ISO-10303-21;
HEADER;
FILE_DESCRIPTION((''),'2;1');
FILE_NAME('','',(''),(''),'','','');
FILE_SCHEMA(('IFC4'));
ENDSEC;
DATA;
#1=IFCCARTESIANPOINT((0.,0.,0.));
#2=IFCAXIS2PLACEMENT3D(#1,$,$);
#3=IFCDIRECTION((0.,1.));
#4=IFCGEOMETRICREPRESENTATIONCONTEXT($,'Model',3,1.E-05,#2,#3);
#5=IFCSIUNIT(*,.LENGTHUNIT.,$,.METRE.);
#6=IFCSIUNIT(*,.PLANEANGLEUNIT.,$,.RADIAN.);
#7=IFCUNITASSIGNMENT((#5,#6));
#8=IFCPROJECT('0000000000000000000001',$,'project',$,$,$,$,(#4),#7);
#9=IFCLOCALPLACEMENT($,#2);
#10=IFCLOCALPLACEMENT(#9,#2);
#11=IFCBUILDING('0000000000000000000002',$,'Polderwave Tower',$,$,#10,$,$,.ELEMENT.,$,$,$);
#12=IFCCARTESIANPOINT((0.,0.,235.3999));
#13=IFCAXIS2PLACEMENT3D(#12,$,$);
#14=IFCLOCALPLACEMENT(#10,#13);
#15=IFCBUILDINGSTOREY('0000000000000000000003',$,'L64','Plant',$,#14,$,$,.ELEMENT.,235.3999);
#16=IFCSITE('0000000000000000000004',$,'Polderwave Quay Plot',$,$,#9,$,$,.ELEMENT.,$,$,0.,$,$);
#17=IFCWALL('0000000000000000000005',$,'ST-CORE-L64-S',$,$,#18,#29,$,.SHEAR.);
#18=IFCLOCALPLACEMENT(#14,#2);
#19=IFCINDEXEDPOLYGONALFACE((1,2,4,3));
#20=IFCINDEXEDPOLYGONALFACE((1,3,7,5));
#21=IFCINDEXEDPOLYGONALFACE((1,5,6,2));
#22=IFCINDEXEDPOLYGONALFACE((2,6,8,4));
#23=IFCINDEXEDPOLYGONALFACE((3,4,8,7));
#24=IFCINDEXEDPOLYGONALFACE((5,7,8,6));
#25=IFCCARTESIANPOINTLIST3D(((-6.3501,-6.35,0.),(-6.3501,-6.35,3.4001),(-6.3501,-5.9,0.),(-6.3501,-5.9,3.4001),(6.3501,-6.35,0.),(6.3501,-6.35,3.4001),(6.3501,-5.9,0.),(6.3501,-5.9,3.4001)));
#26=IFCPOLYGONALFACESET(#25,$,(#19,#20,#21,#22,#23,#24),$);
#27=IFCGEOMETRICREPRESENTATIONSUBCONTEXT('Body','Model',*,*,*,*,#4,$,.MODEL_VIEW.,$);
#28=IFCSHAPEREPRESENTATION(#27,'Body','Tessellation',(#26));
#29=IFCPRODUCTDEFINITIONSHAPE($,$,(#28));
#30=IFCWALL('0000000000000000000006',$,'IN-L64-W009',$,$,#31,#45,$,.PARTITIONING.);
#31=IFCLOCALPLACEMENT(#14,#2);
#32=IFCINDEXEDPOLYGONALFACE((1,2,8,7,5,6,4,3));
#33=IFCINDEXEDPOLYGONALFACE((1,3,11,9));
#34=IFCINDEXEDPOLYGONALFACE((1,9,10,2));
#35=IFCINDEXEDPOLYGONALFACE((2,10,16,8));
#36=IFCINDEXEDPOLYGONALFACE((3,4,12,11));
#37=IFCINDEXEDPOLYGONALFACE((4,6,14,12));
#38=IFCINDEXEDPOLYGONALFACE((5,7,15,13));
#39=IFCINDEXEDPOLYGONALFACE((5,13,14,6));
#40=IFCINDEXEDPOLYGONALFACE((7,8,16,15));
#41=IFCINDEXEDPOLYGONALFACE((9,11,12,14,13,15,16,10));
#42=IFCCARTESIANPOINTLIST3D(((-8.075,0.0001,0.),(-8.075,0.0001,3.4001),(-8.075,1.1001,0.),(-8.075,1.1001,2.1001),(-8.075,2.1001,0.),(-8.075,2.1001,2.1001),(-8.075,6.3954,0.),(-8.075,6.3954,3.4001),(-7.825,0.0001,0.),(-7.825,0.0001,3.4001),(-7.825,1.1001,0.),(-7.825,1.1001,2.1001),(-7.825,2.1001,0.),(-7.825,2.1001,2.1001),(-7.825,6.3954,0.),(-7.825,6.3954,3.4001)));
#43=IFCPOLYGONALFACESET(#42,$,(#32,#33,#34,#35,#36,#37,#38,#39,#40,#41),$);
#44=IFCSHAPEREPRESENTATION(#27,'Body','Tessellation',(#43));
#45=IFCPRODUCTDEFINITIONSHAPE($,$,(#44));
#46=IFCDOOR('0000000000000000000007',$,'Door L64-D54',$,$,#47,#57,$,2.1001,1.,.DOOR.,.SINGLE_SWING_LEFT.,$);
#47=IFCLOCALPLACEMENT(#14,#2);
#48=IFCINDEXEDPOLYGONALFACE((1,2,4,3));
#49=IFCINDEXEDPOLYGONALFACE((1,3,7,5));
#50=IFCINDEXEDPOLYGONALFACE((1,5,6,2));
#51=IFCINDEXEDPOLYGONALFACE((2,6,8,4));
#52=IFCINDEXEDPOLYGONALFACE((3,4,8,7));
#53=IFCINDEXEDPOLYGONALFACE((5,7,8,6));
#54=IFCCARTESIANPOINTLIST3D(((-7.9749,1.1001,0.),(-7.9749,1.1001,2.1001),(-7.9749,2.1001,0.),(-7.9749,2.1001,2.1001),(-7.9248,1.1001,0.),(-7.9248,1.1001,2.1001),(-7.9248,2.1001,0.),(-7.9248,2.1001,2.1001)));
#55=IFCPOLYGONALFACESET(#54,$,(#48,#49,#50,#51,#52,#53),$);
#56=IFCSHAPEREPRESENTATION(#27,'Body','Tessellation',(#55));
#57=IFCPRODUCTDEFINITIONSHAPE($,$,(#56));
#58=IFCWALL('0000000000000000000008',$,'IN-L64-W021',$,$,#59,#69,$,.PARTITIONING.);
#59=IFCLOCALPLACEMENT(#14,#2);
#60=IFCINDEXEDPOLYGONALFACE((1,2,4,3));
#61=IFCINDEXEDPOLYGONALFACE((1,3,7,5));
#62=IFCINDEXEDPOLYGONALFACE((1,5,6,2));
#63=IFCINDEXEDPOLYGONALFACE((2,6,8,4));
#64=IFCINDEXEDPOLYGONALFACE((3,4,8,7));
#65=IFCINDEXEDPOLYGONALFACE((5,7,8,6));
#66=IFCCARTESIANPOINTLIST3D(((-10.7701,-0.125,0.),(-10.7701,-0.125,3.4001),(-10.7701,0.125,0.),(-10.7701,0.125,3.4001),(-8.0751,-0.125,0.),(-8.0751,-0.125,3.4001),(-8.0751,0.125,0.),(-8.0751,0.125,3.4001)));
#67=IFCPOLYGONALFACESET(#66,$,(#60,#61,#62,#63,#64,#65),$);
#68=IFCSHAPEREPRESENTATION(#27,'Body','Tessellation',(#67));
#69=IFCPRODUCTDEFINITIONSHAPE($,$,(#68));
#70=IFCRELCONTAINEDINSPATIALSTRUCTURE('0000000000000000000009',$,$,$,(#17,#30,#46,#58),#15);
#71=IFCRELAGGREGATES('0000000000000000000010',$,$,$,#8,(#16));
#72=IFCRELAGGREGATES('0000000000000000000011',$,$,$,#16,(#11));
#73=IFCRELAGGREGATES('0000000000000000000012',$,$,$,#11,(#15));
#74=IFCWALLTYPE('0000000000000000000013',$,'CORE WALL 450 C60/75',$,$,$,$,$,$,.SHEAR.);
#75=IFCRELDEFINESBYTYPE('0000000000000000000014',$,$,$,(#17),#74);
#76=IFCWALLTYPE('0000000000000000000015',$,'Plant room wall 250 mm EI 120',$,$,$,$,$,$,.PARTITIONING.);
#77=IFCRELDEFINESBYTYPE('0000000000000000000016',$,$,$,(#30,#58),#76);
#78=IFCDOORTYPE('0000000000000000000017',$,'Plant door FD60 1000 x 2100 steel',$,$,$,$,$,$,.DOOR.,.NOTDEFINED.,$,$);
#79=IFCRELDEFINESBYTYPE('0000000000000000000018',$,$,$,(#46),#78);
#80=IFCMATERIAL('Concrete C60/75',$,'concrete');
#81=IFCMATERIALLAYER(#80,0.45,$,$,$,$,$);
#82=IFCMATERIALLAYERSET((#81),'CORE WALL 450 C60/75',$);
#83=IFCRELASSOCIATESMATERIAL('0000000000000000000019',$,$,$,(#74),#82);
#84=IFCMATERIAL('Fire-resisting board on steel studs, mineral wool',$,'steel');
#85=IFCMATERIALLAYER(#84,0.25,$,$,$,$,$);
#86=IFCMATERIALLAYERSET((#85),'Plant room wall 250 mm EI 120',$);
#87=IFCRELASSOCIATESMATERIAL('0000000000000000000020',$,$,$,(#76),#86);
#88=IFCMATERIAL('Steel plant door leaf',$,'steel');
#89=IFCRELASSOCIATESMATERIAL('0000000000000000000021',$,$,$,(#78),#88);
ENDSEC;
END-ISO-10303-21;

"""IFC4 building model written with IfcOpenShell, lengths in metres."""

from ifc_helpers import new_model, si_unit, direction, frame, frame_2d, origin, place, context, subcontext, project, spatial, rectangle, extrude, material, layer, layer_set, type_object, element, fill, save


model = new_model("IFC4")

# Units and contexts
model_context = context("Model", 3, precision=1e-05, world=origin(), true_north=direction((0.0, 1.0)))
body_context = subcontext(model_context, "Body", "Model", "MODEL_VIEW")
ifc_project = project(units=[si_unit("LENGTHUNIT", "METRE"), si_unit("PLANEANGLEUNIT", "RADIAN")], contexts=[model_context])

# Site, building, storey
site_placement = place(None, origin())
site = spatial("IfcSite", under=ifc_project, at=site_placement, Name="Polderwave Quay Plot", CompositionType="ELEMENT", RefElevation=0.0)
building_placement = place(site_placement, origin())
building = spatial("IfcBuilding", under=site, at=building_placement, Name="Polderwave Tower", CompositionType="ELEMENT")
storey_placement = place(building_placement, frame((0.0, 0.0, 235.3999)))
storey = spatial("IfcBuildingStorey", under=building, at=storey_placement, Name="L64", Description="Plant", CompositionType="ELEMENT", Elevation=235.3999)

# Wall
ifc_material_1 = material(Name="Concrete C60/75", Category="concrete")
ifc_layer_1 = layer(ifc_material_1, 0.45)
ifc_layer_set_1 = layer_set([ifc_layer_1], Name="CORE WALL 450 C60/75")
wall_type_1 = type_object("IfcWallType", Name="CORE WALL 450 C60/75", PredefinedType="SHEAR", material=ifc_layer_set_1)
wall_1_placement = place(storey_placement, frame((-6.3501, -6.125, 0.0), z_axis=(0.0, 0.0, 1.0), x_axis=(1.0, 0.0, 0.0)))
element("IfcWall", 1, at=wall_1_placement, inside=storey, type_object=wall_type_1, Name="ST-CORE-L64-S", PredefinedType="SHEAR", context=body_context, shape_type="SweptSolid", body=[
    extrude(rectangle(XDim=12.7002, YDim=0.45, at=frame_2d((6.3501, 0.0))), origin(), (0.0, 0.0, 1.0), 3.4001),
])

# Wall, opening, door
ifc_material_2 = material(Name="Fire-resisting board on steel studs, mineral wool", Category="steel")
ifc_layer_2 = layer(ifc_material_2, 0.25)
ifc_layer_set_2 = layer_set([ifc_layer_2], Name="Plant room wall 250 mm EI 120")
wall_type_2 = type_object("IfcWallType", Name="Plant room wall 250 mm EI 120", PredefinedType="PARTITIONING", material=ifc_layer_set_2)
wall_2_placement = place(storey_placement, frame((-7.95, 0.0, 0.0), z_axis=(0.0, 0.0, 1.0), x_axis=(0.0, 1.0, 0.0)))
wall_2 = element("IfcWall", 2, at=wall_2_placement, inside=storey, type_object=wall_type_2, Name="IN-L64-W009", PredefinedType="PARTITIONING", context=body_context, shape_type="SweptSolid", body=[
    extrude(rectangle(XDim=6.3953, YDim=0.25, at=frame_2d((3.1978, 0.0))), origin(), (0.0, 0.0, 1.0), 3.4001),
])
opening_placement = place(wall_2_placement, frame((1.1001, 0.0, 0.0)))
opening = element("IfcOpeningElement", 3, at=opening_placement, cuts=wall_2, PredefinedType="OPENING", context=body_context, shape_type="SweptSolid", body=[
    extrude(rectangle(XDim=1.0, YDim=2.1001, at=frame_2d((0.5, 1.05))), frame((0.0, 0.135, 0.0), z_axis=(0.0, -1.0, 0.0), x_axis=(1.0, 0.0, 0.0)), (0.0, 0.0, 1.0), 0.27),
])
ifc_material_3 = material(Name="Steel plant door leaf", Category="steel")
door_type = type_object("IfcDoorType", Name="Plant door FD60 1000 x 2100 steel", OperationType="NOTDEFINED", PredefinedType="DOOR", material=ifc_material_3)
door_placement = place(opening_placement, origin())
door = element("IfcDoor", 4, at=door_placement, inside=storey, type_object=door_type, Name="Door L64-D54", OperationType="SINGLE_SWING_LEFT", OverallHeight=2.1001, OverallWidth=1.0, PredefinedType="DOOR", context=body_context, shape_type="SweptSolid", body=[
    extrude(rectangle(XDim=1.0, YDim=2.1001, at=frame_2d((0.5, 1.05))), frame((0.0, 0.0249, 0.0), z_axis=(0.0, -1.0, 0.0), x_axis=(1.0, 0.0, 0.0)), (0.0, 0.0, 1.0), 0.05),
])
fill(opening, door)

# Wall
wall_3_placement = place(storey_placement, frame((-8.075, 0.0, 0.0), z_axis=(0.0, 0.0, 1.0), x_axis=(-1.0, 0.0, 0.0)))
element("IfcWall", 5, at=wall_3_placement, inside=storey, type_object=wall_type_2, Name="IN-L64-W021", PredefinedType="PARTITIONING", context=body_context, shape_type="SweptSolid", body=[
    extrude(rectangle(XDim=2.6951, YDim=0.25, at=frame_2d((1.3477, 0.0))), origin(), (0.0, 0.0, 1.0), 3.4001),
])

save(model, "model.ifc")
